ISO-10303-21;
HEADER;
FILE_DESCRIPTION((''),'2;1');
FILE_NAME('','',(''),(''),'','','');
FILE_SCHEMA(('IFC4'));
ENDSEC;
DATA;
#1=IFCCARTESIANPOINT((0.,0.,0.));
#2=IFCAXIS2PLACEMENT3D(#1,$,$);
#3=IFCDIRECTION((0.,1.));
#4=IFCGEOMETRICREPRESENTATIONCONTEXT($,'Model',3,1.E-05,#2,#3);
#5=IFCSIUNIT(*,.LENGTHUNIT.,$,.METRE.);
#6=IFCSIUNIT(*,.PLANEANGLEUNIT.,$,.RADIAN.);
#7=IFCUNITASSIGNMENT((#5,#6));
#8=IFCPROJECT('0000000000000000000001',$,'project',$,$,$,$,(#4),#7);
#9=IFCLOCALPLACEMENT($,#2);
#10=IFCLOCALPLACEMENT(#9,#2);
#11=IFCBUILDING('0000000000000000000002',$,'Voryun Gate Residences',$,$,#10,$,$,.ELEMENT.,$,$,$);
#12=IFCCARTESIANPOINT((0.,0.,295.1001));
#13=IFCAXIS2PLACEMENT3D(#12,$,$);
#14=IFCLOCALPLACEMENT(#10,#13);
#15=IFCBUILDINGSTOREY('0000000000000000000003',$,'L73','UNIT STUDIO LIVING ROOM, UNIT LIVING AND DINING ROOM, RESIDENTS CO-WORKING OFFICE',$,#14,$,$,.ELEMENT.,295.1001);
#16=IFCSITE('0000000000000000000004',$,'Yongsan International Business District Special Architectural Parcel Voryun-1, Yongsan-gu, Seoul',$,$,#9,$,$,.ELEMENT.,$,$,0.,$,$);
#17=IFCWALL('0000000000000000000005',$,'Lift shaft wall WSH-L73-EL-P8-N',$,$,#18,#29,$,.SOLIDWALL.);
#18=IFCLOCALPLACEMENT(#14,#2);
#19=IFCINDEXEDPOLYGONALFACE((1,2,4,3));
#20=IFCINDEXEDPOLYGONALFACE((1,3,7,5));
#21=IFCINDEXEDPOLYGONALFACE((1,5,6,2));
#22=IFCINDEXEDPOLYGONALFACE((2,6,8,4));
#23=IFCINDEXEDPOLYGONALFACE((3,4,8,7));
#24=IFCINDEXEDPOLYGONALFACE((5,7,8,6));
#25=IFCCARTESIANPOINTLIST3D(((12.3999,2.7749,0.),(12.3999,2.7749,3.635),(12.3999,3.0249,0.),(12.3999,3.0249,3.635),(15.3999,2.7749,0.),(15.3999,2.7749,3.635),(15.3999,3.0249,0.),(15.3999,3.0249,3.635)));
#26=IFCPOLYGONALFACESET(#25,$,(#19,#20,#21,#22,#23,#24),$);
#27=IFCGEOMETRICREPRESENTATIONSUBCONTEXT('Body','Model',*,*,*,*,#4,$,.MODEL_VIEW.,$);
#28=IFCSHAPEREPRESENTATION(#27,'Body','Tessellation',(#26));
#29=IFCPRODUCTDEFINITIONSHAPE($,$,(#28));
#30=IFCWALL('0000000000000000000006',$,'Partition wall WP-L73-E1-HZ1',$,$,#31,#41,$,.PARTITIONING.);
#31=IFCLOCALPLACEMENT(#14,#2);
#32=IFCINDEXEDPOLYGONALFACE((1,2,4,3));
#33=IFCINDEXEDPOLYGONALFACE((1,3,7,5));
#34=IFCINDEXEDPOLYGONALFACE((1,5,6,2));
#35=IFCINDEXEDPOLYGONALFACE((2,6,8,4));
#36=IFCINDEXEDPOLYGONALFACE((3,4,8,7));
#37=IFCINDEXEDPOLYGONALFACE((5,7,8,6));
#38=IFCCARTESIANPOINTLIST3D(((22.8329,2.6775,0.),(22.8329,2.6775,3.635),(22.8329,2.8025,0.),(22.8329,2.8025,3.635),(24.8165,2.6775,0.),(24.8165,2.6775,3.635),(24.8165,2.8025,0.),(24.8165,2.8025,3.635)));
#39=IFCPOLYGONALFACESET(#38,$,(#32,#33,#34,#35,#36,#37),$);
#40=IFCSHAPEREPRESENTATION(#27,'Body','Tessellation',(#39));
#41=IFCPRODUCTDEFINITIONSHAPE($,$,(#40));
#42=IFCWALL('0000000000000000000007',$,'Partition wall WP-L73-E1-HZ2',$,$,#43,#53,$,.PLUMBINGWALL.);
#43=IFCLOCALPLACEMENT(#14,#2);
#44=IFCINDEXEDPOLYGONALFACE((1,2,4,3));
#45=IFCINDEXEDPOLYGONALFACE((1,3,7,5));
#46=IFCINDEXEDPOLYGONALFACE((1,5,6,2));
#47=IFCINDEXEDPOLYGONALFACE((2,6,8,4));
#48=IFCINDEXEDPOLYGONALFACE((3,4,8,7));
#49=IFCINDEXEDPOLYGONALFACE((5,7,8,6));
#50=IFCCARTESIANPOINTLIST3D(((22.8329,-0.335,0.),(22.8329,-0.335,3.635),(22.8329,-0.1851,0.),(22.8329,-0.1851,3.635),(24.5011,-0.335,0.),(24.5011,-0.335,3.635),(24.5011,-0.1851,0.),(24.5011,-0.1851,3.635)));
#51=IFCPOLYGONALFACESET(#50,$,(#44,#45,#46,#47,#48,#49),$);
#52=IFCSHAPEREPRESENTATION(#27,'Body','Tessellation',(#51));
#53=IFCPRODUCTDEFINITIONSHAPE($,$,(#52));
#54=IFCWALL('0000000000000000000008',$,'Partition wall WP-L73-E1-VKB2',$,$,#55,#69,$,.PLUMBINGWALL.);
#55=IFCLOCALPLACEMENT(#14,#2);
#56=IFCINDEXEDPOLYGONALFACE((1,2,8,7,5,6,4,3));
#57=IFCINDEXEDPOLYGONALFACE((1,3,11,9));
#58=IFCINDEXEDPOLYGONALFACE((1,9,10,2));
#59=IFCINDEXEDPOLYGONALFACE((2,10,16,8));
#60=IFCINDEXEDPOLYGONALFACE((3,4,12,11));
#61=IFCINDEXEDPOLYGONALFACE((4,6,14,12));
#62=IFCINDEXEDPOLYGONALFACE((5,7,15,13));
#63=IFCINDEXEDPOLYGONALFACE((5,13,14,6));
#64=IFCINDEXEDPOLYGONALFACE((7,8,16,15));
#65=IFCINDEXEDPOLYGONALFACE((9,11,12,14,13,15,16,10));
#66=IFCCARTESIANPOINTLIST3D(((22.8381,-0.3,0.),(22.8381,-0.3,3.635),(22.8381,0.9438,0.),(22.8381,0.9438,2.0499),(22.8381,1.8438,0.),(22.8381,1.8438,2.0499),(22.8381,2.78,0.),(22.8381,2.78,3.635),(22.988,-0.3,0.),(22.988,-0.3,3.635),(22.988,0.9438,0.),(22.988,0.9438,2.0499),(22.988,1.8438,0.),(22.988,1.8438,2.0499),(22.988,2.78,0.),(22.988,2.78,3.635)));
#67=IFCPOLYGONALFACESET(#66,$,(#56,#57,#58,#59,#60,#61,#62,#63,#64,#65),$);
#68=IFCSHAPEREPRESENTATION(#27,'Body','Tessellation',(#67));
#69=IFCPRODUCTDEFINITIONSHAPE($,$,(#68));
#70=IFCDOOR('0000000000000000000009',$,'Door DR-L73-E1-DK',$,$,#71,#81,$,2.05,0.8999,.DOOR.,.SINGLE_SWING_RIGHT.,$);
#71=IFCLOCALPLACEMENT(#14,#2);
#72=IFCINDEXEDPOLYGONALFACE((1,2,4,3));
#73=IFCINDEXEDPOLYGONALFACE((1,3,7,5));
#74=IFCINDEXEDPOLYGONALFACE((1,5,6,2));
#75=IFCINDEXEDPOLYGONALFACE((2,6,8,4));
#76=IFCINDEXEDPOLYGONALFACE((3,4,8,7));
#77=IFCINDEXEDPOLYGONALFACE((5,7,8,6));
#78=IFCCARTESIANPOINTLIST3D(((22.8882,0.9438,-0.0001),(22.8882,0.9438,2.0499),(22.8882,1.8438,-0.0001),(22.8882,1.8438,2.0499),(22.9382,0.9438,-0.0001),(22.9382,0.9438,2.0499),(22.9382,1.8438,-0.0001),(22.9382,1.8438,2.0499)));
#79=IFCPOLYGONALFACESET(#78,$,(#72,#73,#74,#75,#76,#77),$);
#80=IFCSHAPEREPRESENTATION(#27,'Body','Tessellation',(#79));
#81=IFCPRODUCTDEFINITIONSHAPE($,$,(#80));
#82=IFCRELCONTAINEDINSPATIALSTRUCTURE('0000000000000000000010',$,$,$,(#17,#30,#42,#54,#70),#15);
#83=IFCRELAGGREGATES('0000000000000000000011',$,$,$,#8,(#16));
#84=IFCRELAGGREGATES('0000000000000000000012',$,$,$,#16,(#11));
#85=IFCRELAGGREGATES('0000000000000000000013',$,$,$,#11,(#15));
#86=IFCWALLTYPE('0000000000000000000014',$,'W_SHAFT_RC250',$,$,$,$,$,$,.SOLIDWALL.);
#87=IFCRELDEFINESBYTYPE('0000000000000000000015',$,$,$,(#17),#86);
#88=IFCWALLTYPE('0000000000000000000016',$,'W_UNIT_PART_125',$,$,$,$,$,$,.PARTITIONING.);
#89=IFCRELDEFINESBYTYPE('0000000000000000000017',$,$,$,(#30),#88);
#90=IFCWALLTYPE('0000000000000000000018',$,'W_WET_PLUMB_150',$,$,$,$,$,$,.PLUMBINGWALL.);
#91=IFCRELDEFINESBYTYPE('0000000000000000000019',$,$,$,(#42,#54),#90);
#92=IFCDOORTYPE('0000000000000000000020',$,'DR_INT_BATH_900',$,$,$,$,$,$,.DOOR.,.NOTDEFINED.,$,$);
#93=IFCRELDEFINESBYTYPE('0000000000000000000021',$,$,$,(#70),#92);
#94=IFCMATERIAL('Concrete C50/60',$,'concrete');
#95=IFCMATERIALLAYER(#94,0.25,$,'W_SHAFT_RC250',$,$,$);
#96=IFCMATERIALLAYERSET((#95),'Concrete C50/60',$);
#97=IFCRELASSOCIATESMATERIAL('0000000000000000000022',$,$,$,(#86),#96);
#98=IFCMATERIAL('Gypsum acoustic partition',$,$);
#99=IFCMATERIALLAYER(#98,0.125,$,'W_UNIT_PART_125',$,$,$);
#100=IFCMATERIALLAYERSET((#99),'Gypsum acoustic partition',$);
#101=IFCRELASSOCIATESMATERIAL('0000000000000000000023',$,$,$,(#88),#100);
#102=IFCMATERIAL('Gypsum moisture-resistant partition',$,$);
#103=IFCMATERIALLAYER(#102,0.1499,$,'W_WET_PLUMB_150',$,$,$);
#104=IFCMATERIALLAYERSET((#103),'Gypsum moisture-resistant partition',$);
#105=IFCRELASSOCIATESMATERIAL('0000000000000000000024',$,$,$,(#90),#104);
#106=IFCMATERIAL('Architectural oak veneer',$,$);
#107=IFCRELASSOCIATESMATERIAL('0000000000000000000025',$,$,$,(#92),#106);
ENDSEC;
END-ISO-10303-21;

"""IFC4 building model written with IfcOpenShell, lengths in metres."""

from ifc_helpers import new_model, si_unit, direction, frame, frame_2d, origin, place, context, subcontext, project, spatial, rectangle, extrude, material, layer, layer_set, type_object, element, fill, save


model = new_model("IFC4")

# Units and contexts
model_context = context("Model", 3, precision=1e-05, world=origin(), true_north=direction((0.0, 1.0)))
body_context = subcontext(model_context, "Body", "Model", "MODEL_VIEW")
ifc_project = project(units=[si_unit("LENGTHUNIT", "METRE"), si_unit("PLANEANGLEUNIT", "RADIAN")], contexts=[model_context])

# Site, building, storey
site_placement = place(None, origin())
site = spatial("IfcSite", under=ifc_project, at=site_placement, Name="Yongsan International Business District Special Architectural Parcel Voryun-1, Yongsan-gu, Seoul", CompositionType="ELEMENT", RefElevation=0.0)
building_placement = place(site_placement, origin())
building = spatial("IfcBuilding", under=site, at=building_placement, Name="Voryun Gate Residences", CompositionType="ELEMENT")
storey_placement = place(building_placement, frame((0.0, 0.0, 295.1001)))
storey = spatial("IfcBuildingStorey", under=building, at=storey_placement, Name="L73", Description="UNIT STUDIO LIVING ROOM, UNIT LIVING AND DINING ROOM, RESIDENTS CO-WORKING OFFICE", CompositionType="ELEMENT", Elevation=295.1001)

# Walls
ifc_material_1 = material(Name="Concrete C50/60", Category="concrete")
ifc_layer_1 = layer(ifc_material_1, 0.25, Name="W_SHAFT_RC250")
ifc_layer_set_1 = layer_set([ifc_layer_1], Name="Concrete C50/60")
wall_type_1 = type_object("IfcWallType", Name="W_SHAFT_RC250", PredefinedType="SOLIDWALL", material=ifc_layer_set_1)
wall_1_placement = place(storey_placement, frame((15.3999, 2.8999, 0.0), z_axis=(0.0, 0.0, 1.0), x_axis=(-1.0, 0.0, 0.0)))
element("IfcWall", 1, at=wall_1_placement, inside=storey, type_object=wall_type_1, Name="Lift shaft wall WSH-L73-EL-P8-N", PredefinedType="SOLIDWALL", context=body_context, shape_type="SweptSolid", body=[
    extrude(rectangle(XDim=3.0, YDim=0.25, at=frame_2d((1.5, 0.0))), origin(), (0.0, 0.0, 1.0), 3.635),
])
ifc_material_2 = material(Name="Gypsum acoustic partition")
ifc_layer_2 = layer(ifc_material_2, 0.125, Name="W_UNIT_PART_125")
ifc_layer_set_2 = layer_set([ifc_layer_2], Name="Gypsum acoustic partition")
wall_type_2 = type_object("IfcWallType", Name="W_UNIT_PART_125", PredefinedType="PARTITIONING", material=ifc_layer_set_2)
wall_2_placement = place(storey_placement, frame((22.833, 2.74, 0.0), z_axis=(0.0, 0.0, 1.0), x_axis=(1.0, 0.0, 0.0)))
element("IfcWall", 2, at=wall_2_placement, inside=storey, type_object=wall_type_2, Name="Partition wall WP-L73-E1-HZ1", PredefinedType="PARTITIONING", context=body_context, shape_type="SweptSolid", body=[
    extrude(rectangle(XDim=1.9836, YDim=0.125, at=frame_2d((0.9917, 0.0))), origin(), (0.0, 0.0, 1.0), 3.635),
])
ifc_material_3 = material(Name="Gypsum moisture-resistant partition")
ifc_layer_3 = layer(ifc_material_3, 0.1499, Name="W_WET_PLUMB_150")
ifc_layer_set_3 = layer_set([ifc_layer_3], Name="Gypsum moisture-resistant partition")
wall_type_3 = type_object("IfcWallType", Name="W_WET_PLUMB_150", PredefinedType="PLUMBINGWALL", material=ifc_layer_set_3)
wall_3_placement = place(storey_placement, frame((22.833, -0.26, 0.0), z_axis=(0.0, 0.0, 1.0), x_axis=(1.0, 0.0, 0.0)))
element("IfcWall", 3, at=wall_3_placement, inside=storey, type_object=wall_type_3, Name="Partition wall WP-L73-E1-HZ2", PredefinedType="PLUMBINGWALL", context=body_context, shape_type="SweptSolid", body=[
    extrude(rectangle(XDim=1.6682, YDim=0.1499, at=frame_2d((0.834, 0.0))), origin(), (0.0, 0.0, 1.0), 3.635),
])

# Wall, opening, door
wall_4_placement = place(storey_placement, frame((22.9131, -0.3, 0.0), z_axis=(0.0, 0.0, 1.0), x_axis=(0.0, 1.0, 0.0)))
wall_4 = element("IfcWall", 4, at=wall_4_placement, inside=storey, type_object=wall_type_3, Name="Partition wall WP-L73-E1-VKB2", PredefinedType="PLUMBINGWALL", context=body_context, shape_type="SweptSolid", body=[
    extrude(rectangle(XDim=3.0801, YDim=0.1499, at=frame_2d((1.54, 0.0))), origin(), (0.0, 0.0, 1.0), 3.635),
])
opening_1_placement = place(wall_4_placement, frame((1.2439, 0.0, 0.0)))
opening_1 = element("IfcOpeningElement", 5, at=opening_1_placement, cuts=wall_4, PredefinedType="OPENING", context=body_context, shape_type="SweptSolid", body=[
    extrude(rectangle(XDim=0.8999, YDim=2.05, at=frame_2d((0.45, 1.0249))), frame((0.0, 0.085, 0.0), z_axis=(0.0, -1.0, 0.0), x_axis=(1.0, 0.0, 0.0)), (0.0, 0.0, 1.0), 0.1699),
])
ifc_material_4 = material(Name="Architectural oak veneer")
door_type_1 = type_object("IfcDoorType", Name="DR_INT_BATH_900", OperationType="NOTDEFINED", PredefinedType="DOOR", material=ifc_material_4)
door_1_placement = place(opening_1_placement, origin())
door_1 = element("IfcDoor", 6, at=door_1_placement, inside=storey, type_object=door_type_1, Name="Door DR-L73-E1-DK", OperationType="SINGLE_SWING_RIGHT", OverallHeight=2.05, OverallWidth=0.8999, PredefinedType="DOOR", context=body_context, shape_type="SweptSolid", body=[
    extrude(rectangle(XDim=0.8999, YDim=2.05, at=frame_2d((0.45, 1.0249))), frame((0.0, 0.0249, 0.0), z_axis=(0.0, -1.0, 0.0), x_axis=(1.0, 0.0, 0.0)), (0.0, 0.0, 1.0), 0.05),
])
fill(opening_1, door_1)

save(model, "model.ifc")
